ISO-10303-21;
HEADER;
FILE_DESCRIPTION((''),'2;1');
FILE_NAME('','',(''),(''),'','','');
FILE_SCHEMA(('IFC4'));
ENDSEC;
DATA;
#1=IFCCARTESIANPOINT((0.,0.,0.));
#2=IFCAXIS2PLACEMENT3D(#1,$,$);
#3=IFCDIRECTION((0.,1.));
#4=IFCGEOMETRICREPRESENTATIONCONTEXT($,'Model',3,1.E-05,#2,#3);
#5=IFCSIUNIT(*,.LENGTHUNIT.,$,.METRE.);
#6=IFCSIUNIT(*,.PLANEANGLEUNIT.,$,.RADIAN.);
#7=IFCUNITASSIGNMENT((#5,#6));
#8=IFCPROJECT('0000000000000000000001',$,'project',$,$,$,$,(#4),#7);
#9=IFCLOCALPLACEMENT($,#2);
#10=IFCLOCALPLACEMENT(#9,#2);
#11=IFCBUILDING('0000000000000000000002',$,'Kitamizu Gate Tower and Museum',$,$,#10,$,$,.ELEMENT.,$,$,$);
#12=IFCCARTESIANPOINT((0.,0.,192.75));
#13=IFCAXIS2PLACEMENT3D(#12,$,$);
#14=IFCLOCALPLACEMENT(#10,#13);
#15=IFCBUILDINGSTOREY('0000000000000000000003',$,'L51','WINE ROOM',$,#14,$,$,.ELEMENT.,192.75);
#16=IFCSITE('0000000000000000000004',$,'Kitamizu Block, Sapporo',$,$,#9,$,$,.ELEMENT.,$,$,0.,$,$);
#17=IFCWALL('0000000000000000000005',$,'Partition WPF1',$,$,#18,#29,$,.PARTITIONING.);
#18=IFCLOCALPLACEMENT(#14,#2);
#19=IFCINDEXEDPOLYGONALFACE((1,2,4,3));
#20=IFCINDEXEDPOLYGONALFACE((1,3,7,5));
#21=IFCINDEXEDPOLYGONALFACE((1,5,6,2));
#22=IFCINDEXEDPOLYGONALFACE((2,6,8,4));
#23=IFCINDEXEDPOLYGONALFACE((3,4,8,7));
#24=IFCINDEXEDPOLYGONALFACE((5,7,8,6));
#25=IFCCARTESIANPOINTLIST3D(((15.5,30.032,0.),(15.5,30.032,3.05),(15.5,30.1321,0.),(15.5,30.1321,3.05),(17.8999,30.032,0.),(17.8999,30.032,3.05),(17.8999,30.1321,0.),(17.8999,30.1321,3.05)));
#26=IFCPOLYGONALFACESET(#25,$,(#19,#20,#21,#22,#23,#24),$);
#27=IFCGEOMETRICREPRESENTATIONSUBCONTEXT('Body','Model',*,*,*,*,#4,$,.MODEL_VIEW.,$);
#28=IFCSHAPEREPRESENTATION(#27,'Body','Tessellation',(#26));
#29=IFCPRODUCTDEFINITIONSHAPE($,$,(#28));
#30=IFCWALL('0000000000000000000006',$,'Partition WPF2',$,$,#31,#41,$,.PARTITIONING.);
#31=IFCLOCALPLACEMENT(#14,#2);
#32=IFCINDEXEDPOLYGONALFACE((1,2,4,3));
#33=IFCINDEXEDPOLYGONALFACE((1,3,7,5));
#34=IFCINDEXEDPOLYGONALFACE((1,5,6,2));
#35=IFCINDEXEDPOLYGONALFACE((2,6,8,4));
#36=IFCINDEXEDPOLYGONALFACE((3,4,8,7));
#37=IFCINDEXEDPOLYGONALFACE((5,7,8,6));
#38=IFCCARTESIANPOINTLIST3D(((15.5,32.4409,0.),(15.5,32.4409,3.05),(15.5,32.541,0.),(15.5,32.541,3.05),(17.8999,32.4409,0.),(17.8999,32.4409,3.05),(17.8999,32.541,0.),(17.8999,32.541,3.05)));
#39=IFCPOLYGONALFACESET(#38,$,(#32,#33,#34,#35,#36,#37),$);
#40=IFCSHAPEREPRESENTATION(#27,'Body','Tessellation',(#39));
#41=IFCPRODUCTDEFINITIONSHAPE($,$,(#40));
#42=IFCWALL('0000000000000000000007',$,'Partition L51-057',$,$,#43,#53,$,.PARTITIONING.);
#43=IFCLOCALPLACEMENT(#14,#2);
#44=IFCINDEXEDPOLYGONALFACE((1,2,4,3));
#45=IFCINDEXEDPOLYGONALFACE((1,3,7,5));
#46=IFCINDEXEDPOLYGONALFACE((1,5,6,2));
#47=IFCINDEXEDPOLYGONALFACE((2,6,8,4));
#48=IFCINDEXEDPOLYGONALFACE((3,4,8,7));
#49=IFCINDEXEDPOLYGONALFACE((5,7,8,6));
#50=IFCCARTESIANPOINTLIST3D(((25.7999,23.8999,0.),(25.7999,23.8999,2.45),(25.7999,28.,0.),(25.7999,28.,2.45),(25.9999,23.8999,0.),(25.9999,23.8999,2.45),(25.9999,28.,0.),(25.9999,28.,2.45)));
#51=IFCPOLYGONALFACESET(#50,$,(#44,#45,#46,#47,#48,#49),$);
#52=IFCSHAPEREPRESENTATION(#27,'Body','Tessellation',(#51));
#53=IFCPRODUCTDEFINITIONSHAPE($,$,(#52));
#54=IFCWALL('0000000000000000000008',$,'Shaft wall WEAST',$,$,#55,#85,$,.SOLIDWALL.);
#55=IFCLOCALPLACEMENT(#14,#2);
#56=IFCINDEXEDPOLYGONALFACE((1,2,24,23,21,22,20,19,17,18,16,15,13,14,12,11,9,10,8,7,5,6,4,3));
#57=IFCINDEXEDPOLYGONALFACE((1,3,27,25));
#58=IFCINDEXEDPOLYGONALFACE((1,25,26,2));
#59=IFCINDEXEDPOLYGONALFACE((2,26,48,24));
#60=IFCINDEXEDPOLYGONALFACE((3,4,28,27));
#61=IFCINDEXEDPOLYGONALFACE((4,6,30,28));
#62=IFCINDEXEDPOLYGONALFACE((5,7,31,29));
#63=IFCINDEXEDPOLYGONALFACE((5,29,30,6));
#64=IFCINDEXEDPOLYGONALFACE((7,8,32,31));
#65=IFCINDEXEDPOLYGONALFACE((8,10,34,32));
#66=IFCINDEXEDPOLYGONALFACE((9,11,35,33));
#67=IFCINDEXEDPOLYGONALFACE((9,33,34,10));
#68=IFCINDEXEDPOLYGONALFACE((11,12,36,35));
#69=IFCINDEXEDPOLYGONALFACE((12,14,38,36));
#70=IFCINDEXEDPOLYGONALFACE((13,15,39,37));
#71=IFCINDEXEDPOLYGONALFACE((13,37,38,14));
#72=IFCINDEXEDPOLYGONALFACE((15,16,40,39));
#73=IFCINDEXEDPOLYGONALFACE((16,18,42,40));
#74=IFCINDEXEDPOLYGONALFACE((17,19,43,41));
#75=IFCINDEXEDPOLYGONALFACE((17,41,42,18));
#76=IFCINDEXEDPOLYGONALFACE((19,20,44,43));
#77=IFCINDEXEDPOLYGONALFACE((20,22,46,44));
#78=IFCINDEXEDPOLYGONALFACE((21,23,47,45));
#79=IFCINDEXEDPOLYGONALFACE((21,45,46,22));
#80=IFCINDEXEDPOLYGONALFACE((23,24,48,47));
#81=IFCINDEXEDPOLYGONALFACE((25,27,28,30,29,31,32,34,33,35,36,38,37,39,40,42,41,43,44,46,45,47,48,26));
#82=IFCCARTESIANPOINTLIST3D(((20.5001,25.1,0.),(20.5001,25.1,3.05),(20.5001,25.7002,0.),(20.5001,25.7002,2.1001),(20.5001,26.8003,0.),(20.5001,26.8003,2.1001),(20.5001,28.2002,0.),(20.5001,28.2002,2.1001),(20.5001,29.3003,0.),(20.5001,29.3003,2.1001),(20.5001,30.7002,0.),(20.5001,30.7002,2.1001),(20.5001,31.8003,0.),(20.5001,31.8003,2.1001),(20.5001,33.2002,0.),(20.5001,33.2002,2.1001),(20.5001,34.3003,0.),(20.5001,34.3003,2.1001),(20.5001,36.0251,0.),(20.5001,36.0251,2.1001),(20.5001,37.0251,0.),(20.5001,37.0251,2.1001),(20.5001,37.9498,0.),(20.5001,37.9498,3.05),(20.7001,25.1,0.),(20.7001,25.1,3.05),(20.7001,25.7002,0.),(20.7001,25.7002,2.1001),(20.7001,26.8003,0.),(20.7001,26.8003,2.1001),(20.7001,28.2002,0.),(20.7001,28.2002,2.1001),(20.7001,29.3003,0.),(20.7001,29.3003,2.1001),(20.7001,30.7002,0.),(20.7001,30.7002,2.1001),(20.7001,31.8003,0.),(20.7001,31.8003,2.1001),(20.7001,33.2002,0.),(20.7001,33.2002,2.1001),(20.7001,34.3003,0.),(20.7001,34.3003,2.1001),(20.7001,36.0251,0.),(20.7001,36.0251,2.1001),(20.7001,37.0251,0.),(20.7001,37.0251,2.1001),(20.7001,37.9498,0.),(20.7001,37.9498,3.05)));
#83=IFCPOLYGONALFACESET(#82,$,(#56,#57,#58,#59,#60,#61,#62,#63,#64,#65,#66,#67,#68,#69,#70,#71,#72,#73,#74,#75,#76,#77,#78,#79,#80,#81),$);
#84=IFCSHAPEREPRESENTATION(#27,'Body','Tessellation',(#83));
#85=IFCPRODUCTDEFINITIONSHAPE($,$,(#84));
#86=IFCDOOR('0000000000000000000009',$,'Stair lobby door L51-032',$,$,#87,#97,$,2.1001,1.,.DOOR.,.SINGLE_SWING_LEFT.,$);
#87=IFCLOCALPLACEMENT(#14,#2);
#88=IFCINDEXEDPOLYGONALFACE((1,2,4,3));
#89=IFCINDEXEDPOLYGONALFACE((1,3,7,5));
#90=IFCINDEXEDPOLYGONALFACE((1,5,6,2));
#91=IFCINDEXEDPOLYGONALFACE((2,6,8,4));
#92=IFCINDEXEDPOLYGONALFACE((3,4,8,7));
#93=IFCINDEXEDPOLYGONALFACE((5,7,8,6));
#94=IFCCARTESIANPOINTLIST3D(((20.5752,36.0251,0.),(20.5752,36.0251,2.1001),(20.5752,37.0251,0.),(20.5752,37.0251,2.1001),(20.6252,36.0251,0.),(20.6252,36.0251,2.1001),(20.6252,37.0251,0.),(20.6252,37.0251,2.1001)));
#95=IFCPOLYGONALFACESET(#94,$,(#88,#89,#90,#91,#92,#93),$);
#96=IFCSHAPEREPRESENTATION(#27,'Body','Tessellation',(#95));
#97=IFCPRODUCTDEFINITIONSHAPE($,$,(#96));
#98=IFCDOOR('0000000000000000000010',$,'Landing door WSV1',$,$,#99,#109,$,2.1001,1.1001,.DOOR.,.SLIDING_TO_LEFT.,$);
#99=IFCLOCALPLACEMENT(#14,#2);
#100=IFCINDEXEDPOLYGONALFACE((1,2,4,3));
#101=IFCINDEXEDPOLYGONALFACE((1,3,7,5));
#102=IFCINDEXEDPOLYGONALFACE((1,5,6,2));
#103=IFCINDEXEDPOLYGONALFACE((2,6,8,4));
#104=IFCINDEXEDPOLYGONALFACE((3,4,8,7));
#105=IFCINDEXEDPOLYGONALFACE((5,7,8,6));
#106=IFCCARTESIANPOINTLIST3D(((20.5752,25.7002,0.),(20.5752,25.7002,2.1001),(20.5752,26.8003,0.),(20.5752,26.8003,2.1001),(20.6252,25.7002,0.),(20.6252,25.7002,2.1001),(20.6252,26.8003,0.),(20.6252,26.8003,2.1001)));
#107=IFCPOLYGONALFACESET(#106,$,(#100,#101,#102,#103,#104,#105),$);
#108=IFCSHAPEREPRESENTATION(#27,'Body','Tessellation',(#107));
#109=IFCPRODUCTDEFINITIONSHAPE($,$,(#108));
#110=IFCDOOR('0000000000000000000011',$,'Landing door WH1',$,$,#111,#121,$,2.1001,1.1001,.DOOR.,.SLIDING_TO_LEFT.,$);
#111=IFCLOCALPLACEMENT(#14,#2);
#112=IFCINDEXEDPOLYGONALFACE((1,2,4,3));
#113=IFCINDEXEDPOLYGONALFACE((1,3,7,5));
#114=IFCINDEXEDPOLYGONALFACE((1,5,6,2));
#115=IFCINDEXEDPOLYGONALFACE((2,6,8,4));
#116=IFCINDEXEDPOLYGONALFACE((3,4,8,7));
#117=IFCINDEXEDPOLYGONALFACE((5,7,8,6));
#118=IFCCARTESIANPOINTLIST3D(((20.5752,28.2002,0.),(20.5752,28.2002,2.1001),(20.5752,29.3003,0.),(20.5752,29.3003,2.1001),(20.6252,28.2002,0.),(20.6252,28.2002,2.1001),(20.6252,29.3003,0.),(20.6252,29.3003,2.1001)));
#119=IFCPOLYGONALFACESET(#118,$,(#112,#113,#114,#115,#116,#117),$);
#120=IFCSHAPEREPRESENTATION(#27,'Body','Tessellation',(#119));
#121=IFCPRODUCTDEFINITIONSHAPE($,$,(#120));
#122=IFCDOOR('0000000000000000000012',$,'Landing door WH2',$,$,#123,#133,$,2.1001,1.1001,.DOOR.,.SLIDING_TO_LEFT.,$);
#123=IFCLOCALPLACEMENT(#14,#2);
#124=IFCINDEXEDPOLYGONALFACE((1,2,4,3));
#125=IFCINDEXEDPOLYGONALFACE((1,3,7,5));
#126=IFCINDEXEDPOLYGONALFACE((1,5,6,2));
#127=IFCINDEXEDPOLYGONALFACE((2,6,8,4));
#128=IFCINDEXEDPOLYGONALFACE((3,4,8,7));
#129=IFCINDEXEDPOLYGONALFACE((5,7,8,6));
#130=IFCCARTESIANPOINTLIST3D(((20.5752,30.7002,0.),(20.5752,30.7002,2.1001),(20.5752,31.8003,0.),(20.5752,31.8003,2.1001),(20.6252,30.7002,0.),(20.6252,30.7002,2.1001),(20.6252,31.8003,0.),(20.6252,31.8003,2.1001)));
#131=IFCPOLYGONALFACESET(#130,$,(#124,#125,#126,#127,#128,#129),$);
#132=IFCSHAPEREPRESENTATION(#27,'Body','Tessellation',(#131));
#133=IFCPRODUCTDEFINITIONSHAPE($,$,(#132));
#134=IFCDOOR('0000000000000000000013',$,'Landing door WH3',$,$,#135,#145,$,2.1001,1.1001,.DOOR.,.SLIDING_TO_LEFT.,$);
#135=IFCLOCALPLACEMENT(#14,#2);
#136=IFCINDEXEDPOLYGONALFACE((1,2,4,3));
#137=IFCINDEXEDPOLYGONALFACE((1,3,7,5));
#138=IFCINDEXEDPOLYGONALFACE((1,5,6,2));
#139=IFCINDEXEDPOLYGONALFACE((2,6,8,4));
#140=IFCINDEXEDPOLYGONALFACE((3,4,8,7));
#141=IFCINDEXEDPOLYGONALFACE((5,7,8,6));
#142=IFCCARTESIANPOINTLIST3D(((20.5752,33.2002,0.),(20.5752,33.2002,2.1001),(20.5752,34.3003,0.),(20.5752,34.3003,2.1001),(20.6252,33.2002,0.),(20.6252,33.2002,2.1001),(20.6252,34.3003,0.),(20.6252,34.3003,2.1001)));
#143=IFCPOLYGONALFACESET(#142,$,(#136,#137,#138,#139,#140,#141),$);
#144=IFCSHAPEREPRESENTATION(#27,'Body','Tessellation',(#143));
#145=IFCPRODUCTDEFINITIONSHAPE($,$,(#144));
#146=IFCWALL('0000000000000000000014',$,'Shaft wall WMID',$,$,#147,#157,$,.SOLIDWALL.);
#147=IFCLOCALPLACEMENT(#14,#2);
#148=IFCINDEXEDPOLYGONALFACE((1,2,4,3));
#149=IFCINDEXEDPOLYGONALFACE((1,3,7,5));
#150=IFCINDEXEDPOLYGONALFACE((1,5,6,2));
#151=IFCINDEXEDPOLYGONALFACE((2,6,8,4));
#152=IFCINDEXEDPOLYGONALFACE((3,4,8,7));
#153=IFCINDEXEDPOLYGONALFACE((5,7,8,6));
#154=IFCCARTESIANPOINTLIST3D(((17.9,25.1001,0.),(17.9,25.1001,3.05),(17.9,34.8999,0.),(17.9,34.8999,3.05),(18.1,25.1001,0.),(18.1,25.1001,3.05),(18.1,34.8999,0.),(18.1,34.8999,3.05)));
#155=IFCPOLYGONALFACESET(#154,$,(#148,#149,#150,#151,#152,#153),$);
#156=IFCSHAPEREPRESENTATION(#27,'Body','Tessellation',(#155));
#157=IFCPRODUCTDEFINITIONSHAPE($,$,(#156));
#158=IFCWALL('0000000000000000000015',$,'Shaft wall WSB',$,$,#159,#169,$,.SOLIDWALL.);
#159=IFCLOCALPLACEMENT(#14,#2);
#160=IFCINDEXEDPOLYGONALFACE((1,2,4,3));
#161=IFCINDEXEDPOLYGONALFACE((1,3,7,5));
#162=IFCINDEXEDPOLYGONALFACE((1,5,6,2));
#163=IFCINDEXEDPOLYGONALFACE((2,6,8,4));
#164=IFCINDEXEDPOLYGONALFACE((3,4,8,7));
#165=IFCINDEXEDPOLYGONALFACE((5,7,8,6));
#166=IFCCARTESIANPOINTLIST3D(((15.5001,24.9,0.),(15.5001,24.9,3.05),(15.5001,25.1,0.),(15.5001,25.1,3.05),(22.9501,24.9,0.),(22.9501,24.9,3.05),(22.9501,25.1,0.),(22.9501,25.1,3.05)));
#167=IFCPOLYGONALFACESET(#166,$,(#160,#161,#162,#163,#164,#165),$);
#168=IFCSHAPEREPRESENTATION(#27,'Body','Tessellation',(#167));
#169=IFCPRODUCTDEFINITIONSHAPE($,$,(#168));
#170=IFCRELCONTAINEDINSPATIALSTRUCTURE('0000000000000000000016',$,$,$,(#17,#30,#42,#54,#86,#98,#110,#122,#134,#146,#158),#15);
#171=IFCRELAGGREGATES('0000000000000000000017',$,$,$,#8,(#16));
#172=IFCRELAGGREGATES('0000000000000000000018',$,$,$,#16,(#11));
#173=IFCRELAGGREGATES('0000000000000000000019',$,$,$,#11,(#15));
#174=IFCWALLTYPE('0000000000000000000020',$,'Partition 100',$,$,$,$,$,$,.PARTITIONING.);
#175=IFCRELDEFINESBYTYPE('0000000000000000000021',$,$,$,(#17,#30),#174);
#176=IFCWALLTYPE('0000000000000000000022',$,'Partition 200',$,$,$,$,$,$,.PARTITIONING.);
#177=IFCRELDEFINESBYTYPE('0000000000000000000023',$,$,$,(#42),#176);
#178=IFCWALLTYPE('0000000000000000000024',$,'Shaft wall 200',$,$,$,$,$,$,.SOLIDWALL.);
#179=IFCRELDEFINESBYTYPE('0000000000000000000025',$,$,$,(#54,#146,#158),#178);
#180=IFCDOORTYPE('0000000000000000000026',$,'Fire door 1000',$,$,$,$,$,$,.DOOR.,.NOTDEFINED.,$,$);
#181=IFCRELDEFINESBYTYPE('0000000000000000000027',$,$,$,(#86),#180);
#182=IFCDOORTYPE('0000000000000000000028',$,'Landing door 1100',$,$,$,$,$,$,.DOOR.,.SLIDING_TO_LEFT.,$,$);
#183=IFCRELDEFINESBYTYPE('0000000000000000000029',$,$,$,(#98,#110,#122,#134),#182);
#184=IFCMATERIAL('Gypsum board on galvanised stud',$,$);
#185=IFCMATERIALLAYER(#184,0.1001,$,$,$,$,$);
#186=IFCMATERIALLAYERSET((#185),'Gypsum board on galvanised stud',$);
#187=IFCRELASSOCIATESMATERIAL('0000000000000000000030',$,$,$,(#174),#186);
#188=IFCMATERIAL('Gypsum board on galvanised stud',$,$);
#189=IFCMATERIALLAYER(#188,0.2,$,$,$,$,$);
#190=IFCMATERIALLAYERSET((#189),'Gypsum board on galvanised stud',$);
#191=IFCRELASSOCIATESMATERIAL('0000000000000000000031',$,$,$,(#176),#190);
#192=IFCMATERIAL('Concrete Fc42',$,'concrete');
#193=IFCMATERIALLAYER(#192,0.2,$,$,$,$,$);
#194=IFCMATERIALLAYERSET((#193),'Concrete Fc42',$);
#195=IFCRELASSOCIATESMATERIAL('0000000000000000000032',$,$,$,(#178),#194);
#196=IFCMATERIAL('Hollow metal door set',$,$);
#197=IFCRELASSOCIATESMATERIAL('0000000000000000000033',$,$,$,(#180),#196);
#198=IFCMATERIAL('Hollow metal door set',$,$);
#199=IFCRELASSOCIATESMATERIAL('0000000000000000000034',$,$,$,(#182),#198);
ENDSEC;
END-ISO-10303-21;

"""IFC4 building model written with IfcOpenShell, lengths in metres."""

from ifc_helpers import new_model, si_unit, direction, frame, frame_2d, origin, place, context, subcontext, project, spatial, rectangle, extrude, material, layer, layer_set, type_object, element, fill, save


model = new_model("IFC4")

# Units and contexts
model_context = context("Model", 3, precision=1e-05, world=origin(), true_north=direction((0.0, 1.0)))
body_context = subcontext(model_context, "Body", "Model", "MODEL_VIEW")
ifc_project = project(units=[si_unit("LENGTHUNIT", "METRE"), si_unit("PLANEANGLEUNIT", "RADIAN")], contexts=[model_context])

# Site, building, storey
site_placement = place(None, origin())
site = spatial("IfcSite", under=ifc_project, at=site_placement, Name="Kitamizu Block, Sapporo", CompositionType="ELEMENT", RefElevation=0.0)
building_placement = place(site_placement, origin())
building = spatial("IfcBuilding", under=site, at=building_placement, Name="Kitamizu Gate Tower and Museum", CompositionType="ELEMENT")
storey_placement = place(building_placement, frame((0.0, 0.0, 192.75)))
storey = spatial("IfcBuildingStorey", under=building, at=storey_placement, Name="L51", Description="WINE ROOM", CompositionType="ELEMENT", Elevation=192.75)

# Walls
ifc_material_1 = material(Name="Gypsum board on galvanised stud")
ifc_layer_1 = layer(ifc_material_1, 0.1001)
ifc_layer_set_1 = layer_set([ifc_layer_1], Name="Gypsum board on galvanised stud")
wall_type_1 = type_object("IfcWallType", Name="Partition 100", PredefinedType="PARTITIONING", material=ifc_layer_set_1)
for number, where, z_axis, x_axis, name in (
    (1, (15.5, 30.082, 0.0), (0.0, 0.0, 1.0), (1.0, 0.0, 0.0), "Partition WPF1"),
    (2, (15.5, 32.491, 0.0), (0.0, 0.0, 1.0), (1.0, 0.0, 0.0), "Partition WPF2"),
):
    element("IfcWall", number, at=place(storey_placement, frame(where, z_axis=z_axis, x_axis=x_axis)), inside=storey, type_object=wall_type_1, Name=name, PredefinedType="PARTITIONING", context=body_context, shape_type="SweptSolid", body=[
        extrude(rectangle(XDim=2.3999, YDim=0.1001, at=frame_2d((1.2, 0.0))), origin(), (0.0, 0.0, 1.0), 3.05),
    ])
ifc_material_2 = material(Name="Gypsum board on galvanised stud")
ifc_layer_2 = layer(ifc_material_2, 0.2)
ifc_layer_set_2 = layer_set([ifc_layer_2], Name="Gypsum board on galvanised stud")
wall_type_2 = type_object("IfcWallType", Name="Partition 200", PredefinedType="PARTITIONING", material=ifc_layer_set_2)
wall_1_placement = place(storey_placement, frame((25.8999, 28.0, 0.0), z_axis=(0.0, 0.0, 1.0), x_axis=(0.0, -1.0, 0.0)))
element("IfcWall", 3, at=wall_1_placement, inside=storey, type_object=wall_type_2, Name="Partition L51-057", PredefinedType="PARTITIONING", context=body_context, shape_type="SweptSolid", body=[
    extrude(rectangle(XDim=4.1001, YDim=0.2, at=frame_2d((2.05, 0.0))), origin(), (0.0, 0.0, 1.0), 2.45),
])

# Wall, openings, doors
ifc_material_3 = material(Name="Concrete Fc42", Category="concrete")
ifc_layer_3 = layer(ifc_material_3, 0.2)
ifc_layer_set_3 = layer_set([ifc_layer_3], Name="Concrete Fc42")
wall_type_3 = type_object("IfcWallType", Name="Shaft wall 200", PredefinedType="SOLIDWALL", material=ifc_layer_set_3)
wall_2_placement = place(storey_placement, frame((20.6001, 25.1001, 0.0), z_axis=(0.0, 0.0, 1.0), x_axis=(0.0, 1.0, 0.0)))
wall_2 = element("IfcWall", 4, at=wall_2_placement, inside=storey, type_object=wall_type_3, Name="Shaft wall WEAST", PredefinedType="SOLIDWALL", context=body_context, shape_type="SweptSolid", body=[
    extrude(rectangle(XDim=12.8499, YDim=0.2, at=frame_2d((6.4248, 0.0))), origin(), (0.0, 0.0, 1.0), 3.05),
])
opening_1_placement = place(wall_2_placement, frame((0.6001, 0.0, 0.0)))
opening_1 = element("IfcOpeningElement", 5, at=opening_1_placement, cuts=wall_2, PredefinedType="OPENING", context=body_context, shape_type="SweptSolid", body=[
    extrude(rectangle(XDim=1.1001, YDim=2.1001, at=frame_2d((0.55, 1.05))), frame((0.0, 0.1099, 0.0), z_axis=(0.0, -1.0, 0.0), x_axis=(1.0, 0.0, 0.0)), (0.0, 0.0, 1.0), 0.22),
])
opening_2_placement = place(wall_2_placement, frame((3.1001, 0.0, 0.0)))
opening_2 = element("IfcOpeningElement", 6, at=opening_2_placement, cuts=wall_2, PredefinedType="OPENING", context=body_context, shape_type="SweptSolid", body=[
    extrude(rectangle(XDim=1.1001, YDim=2.1001, at=frame_2d((0.55, 1.05))), frame((0.0, 0.1099, 0.0), z_axis=(0.0, -1.0, 0.0), x_axis=(1.0, 0.0, 0.0)), (0.0, 0.0, 1.0), 0.22),
])
opening_3_placement = place(wall_2_placement, frame((5.6001, 0.0, 0.0)))
opening_3 = element("IfcOpeningElement", 7, at=opening_3_placement, cuts=wall_2, PredefinedType="OPENING", context=body_context, shape_type="SweptSolid", body=[
    extrude(rectangle(XDim=1.1001, YDim=2.1001, at=frame_2d((0.55, 1.05))), frame((0.0, 0.1099, 0.0), z_axis=(0.0, -1.0, 0.0), x_axis=(1.0, 0.0, 0.0)), (0.0, 0.0, 1.0), 0.22),
])
opening_4_placement = place(wall_2_placement, frame((8.1001, 0.0, 0.0)))
opening_4 = element("IfcOpeningElement", 8, at=opening_4_placement, cuts=wall_2, PredefinedType="OPENING", context=body_context, shape_type="SweptSolid", body=[
    extrude(rectangle(XDim=1.1001, YDim=2.1001, at=frame_2d((0.55, 1.05))), frame((0.0, 0.1099, 0.0), z_axis=(0.0, -1.0, 0.0), x_axis=(1.0, 0.0, 0.0)), (0.0, 0.0, 1.0), 0.22),
])
opening_5_placement = place(wall_2_placement, frame((10.925, 0.0, 0.0)))
opening_5 = element("IfcOpeningElement", 9, at=opening_5_placement, cuts=wall_2, PredefinedType="OPENING", context=body_context, shape_type="SweptSolid", body=[
    extrude(rectangle(XDim=1.0, YDim=2.1001, at=frame_2d((0.5, 1.05))), frame((0.0, 0.1099, 0.0), z_axis=(0.0, -1.0, 0.0), x_axis=(1.0, 0.0, 0.0)), (0.0, 0.0, 1.0), 0.22),
])
ifc_material_4 = material(Name="Hollow metal door set")
door_type_1 = type_object("IfcDoorType", Name="Fire door 1000", OperationType="NOTDEFINED", PredefinedType="DOOR", material=ifc_material_4)
door_1_placement = place(opening_5_placement, origin())
door_1 = element("IfcDoor", 10, at=door_1_placement, inside=storey, type_object=door_type_1, Name="Stair lobby door L51-032", OperationType="SINGLE_SWING_LEFT", OverallHeight=2.1001, OverallWidth=1.0, PredefinedType="DOOR", context=body_context, shape_type="SweptSolid", body=[
    extrude(rectangle(XDim=1.0, YDim=2.1001, at=frame_2d((0.5, 1.05))), frame((0.0, 0.0249, 0.0), z_axis=(0.0, -1.0, 0.0), x_axis=(1.0, 0.0, 0.0)), (0.0, 0.0, 1.0), 0.05),
])
fill(opening_5, door_1)
ifc_material_5 = material(Name="Hollow metal door set")
door_type_2 = type_object("IfcDoorType", Name="Landing door 1100", OperationType="SLIDING_TO_LEFT", PredefinedType="DOOR", material=ifc_material_5)
door_2_placement = place(opening_1_placement, origin())
door_2 = element("IfcDoor", 11, at=door_2_placement, inside=storey, type_object=door_type_2, Name="Landing door WSV1", OperationType="SLIDING_TO_LEFT", OverallHeight=2.1001, OverallWidth=1.1001, PredefinedType="DOOR", context=body_context, shape_type="SweptSolid", body=[
    extrude(rectangle(XDim=1.1001, YDim=2.1001, at=frame_2d((0.55, 1.05))), frame((0.0, 0.0249, 0.0), z_axis=(0.0, -1.0, 0.0), x_axis=(1.0, 0.0, 0.0)), (0.0, 0.0, 1.0), 0.05),
])
fill(opening_1, door_2)
door_3_placement = place(opening_2_placement, origin())
door_3 = element("IfcDoor", 12, at=door_3_placement, inside=storey, type_object=door_type_2, Name="Landing door WH1", OperationType="SLIDING_TO_LEFT", OverallHeight=2.1001, OverallWidth=1.1001, PredefinedType="DOOR", context=body_context, shape_type="SweptSolid", body=[
    extrude(rectangle(XDim=1.1001, YDim=2.1001, at=frame_2d((0.55, 1.05))), frame((0.0, 0.0249, 0.0), z_axis=(0.0, -1.0, 0.0), x_axis=(1.0, 0.0, 0.0)), (0.0, 0.0, 1.0), 0.05),
])
fill(opening_2, door_3)
door_4_placement = place(opening_3_placement, origin())
door_4 = element("IfcDoor", 13, at=door_4_placement, inside=storey, type_object=door_type_2, Name="Landing door WH2", OperationType="SLIDING_TO_LEFT", OverallHeight=2.1001, OverallWidth=1.1001, PredefinedType="DOOR", context=body_context, shape_type="SweptSolid", body=[
    extrude(rectangle(XDim=1.1001, YDim=2.1001, at=frame_2d((0.55, 1.05))), frame((0.0, 0.0249, 0.0), z_axis=(0.0, -1.0, 0.0), x_axis=(1.0, 0.0, 0.0)), (0.0, 0.0, 1.0), 0.05),
])
fill(opening_3, door_4)
door_5_placement = place(opening_4_placement, origin())
door_5 = element("IfcDoor", 14, at=door_5_placement, inside=storey, type_object=door_type_2, Name="Landing door WH3", OperationType="SLIDING_TO_LEFT", OverallHeight=2.1001, OverallWidth=1.1001, PredefinedType="DOOR", context=body_context, shape_type="SweptSolid", body=[
    extrude(rectangle(XDim=1.1001, YDim=2.1001, at=frame_2d((0.55, 1.05))), frame((0.0, 0.0249, 0.0), z_axis=(0.0, -1.0, 0.0), x_axis=(1.0, 0.0, 0.0)), (0.0, 0.0, 1.0), 0.05),
])
fill(opening_4, door_5)

# Walls
wall_3_placement = place(storey_placement, frame((18.0, 25.1001, 0.0), z_axis=(0.0, 0.0, 1.0), x_axis=(0.0, 1.0, 0.0)))
element("IfcWall", 15, at=wall_3_placement, inside=storey, type_object=wall_type_3, Name="Shaft wall WMID", PredefinedType="SOLIDWALL", context=body_context, shape_type="SweptSolid", body=[
    extrude(rectangle(XDim=9.7998, YDim=0.2, at=frame_2d((4.8999, 0.0))), origin(), (0.0, 0.0, 1.0), 3.05),
])
for number, where, z_axis, x_axis, name in (
    (16, (15.5, 25.0, 0.0), (0.0, 0.0, 1.0), (1.0, 0.0, 0.0), "Shaft wall WSB"),
):
    element("IfcWall", number, at=place(storey_placement, frame(where, z_axis=z_axis, x_axis=x_axis)), inside=storey, type_object=wall_type_3, Name=name, PredefinedType="SOLIDWALL", context=body_context, shape_type="SweptSolid", body=[
        extrude(rectangle(XDim=7.45, YDim=0.2, at=frame_2d((3.7251, 0.0))), origin(), (0.0, 0.0, 1.0), 3.05),
    ])

save(model, "model.ifc")
